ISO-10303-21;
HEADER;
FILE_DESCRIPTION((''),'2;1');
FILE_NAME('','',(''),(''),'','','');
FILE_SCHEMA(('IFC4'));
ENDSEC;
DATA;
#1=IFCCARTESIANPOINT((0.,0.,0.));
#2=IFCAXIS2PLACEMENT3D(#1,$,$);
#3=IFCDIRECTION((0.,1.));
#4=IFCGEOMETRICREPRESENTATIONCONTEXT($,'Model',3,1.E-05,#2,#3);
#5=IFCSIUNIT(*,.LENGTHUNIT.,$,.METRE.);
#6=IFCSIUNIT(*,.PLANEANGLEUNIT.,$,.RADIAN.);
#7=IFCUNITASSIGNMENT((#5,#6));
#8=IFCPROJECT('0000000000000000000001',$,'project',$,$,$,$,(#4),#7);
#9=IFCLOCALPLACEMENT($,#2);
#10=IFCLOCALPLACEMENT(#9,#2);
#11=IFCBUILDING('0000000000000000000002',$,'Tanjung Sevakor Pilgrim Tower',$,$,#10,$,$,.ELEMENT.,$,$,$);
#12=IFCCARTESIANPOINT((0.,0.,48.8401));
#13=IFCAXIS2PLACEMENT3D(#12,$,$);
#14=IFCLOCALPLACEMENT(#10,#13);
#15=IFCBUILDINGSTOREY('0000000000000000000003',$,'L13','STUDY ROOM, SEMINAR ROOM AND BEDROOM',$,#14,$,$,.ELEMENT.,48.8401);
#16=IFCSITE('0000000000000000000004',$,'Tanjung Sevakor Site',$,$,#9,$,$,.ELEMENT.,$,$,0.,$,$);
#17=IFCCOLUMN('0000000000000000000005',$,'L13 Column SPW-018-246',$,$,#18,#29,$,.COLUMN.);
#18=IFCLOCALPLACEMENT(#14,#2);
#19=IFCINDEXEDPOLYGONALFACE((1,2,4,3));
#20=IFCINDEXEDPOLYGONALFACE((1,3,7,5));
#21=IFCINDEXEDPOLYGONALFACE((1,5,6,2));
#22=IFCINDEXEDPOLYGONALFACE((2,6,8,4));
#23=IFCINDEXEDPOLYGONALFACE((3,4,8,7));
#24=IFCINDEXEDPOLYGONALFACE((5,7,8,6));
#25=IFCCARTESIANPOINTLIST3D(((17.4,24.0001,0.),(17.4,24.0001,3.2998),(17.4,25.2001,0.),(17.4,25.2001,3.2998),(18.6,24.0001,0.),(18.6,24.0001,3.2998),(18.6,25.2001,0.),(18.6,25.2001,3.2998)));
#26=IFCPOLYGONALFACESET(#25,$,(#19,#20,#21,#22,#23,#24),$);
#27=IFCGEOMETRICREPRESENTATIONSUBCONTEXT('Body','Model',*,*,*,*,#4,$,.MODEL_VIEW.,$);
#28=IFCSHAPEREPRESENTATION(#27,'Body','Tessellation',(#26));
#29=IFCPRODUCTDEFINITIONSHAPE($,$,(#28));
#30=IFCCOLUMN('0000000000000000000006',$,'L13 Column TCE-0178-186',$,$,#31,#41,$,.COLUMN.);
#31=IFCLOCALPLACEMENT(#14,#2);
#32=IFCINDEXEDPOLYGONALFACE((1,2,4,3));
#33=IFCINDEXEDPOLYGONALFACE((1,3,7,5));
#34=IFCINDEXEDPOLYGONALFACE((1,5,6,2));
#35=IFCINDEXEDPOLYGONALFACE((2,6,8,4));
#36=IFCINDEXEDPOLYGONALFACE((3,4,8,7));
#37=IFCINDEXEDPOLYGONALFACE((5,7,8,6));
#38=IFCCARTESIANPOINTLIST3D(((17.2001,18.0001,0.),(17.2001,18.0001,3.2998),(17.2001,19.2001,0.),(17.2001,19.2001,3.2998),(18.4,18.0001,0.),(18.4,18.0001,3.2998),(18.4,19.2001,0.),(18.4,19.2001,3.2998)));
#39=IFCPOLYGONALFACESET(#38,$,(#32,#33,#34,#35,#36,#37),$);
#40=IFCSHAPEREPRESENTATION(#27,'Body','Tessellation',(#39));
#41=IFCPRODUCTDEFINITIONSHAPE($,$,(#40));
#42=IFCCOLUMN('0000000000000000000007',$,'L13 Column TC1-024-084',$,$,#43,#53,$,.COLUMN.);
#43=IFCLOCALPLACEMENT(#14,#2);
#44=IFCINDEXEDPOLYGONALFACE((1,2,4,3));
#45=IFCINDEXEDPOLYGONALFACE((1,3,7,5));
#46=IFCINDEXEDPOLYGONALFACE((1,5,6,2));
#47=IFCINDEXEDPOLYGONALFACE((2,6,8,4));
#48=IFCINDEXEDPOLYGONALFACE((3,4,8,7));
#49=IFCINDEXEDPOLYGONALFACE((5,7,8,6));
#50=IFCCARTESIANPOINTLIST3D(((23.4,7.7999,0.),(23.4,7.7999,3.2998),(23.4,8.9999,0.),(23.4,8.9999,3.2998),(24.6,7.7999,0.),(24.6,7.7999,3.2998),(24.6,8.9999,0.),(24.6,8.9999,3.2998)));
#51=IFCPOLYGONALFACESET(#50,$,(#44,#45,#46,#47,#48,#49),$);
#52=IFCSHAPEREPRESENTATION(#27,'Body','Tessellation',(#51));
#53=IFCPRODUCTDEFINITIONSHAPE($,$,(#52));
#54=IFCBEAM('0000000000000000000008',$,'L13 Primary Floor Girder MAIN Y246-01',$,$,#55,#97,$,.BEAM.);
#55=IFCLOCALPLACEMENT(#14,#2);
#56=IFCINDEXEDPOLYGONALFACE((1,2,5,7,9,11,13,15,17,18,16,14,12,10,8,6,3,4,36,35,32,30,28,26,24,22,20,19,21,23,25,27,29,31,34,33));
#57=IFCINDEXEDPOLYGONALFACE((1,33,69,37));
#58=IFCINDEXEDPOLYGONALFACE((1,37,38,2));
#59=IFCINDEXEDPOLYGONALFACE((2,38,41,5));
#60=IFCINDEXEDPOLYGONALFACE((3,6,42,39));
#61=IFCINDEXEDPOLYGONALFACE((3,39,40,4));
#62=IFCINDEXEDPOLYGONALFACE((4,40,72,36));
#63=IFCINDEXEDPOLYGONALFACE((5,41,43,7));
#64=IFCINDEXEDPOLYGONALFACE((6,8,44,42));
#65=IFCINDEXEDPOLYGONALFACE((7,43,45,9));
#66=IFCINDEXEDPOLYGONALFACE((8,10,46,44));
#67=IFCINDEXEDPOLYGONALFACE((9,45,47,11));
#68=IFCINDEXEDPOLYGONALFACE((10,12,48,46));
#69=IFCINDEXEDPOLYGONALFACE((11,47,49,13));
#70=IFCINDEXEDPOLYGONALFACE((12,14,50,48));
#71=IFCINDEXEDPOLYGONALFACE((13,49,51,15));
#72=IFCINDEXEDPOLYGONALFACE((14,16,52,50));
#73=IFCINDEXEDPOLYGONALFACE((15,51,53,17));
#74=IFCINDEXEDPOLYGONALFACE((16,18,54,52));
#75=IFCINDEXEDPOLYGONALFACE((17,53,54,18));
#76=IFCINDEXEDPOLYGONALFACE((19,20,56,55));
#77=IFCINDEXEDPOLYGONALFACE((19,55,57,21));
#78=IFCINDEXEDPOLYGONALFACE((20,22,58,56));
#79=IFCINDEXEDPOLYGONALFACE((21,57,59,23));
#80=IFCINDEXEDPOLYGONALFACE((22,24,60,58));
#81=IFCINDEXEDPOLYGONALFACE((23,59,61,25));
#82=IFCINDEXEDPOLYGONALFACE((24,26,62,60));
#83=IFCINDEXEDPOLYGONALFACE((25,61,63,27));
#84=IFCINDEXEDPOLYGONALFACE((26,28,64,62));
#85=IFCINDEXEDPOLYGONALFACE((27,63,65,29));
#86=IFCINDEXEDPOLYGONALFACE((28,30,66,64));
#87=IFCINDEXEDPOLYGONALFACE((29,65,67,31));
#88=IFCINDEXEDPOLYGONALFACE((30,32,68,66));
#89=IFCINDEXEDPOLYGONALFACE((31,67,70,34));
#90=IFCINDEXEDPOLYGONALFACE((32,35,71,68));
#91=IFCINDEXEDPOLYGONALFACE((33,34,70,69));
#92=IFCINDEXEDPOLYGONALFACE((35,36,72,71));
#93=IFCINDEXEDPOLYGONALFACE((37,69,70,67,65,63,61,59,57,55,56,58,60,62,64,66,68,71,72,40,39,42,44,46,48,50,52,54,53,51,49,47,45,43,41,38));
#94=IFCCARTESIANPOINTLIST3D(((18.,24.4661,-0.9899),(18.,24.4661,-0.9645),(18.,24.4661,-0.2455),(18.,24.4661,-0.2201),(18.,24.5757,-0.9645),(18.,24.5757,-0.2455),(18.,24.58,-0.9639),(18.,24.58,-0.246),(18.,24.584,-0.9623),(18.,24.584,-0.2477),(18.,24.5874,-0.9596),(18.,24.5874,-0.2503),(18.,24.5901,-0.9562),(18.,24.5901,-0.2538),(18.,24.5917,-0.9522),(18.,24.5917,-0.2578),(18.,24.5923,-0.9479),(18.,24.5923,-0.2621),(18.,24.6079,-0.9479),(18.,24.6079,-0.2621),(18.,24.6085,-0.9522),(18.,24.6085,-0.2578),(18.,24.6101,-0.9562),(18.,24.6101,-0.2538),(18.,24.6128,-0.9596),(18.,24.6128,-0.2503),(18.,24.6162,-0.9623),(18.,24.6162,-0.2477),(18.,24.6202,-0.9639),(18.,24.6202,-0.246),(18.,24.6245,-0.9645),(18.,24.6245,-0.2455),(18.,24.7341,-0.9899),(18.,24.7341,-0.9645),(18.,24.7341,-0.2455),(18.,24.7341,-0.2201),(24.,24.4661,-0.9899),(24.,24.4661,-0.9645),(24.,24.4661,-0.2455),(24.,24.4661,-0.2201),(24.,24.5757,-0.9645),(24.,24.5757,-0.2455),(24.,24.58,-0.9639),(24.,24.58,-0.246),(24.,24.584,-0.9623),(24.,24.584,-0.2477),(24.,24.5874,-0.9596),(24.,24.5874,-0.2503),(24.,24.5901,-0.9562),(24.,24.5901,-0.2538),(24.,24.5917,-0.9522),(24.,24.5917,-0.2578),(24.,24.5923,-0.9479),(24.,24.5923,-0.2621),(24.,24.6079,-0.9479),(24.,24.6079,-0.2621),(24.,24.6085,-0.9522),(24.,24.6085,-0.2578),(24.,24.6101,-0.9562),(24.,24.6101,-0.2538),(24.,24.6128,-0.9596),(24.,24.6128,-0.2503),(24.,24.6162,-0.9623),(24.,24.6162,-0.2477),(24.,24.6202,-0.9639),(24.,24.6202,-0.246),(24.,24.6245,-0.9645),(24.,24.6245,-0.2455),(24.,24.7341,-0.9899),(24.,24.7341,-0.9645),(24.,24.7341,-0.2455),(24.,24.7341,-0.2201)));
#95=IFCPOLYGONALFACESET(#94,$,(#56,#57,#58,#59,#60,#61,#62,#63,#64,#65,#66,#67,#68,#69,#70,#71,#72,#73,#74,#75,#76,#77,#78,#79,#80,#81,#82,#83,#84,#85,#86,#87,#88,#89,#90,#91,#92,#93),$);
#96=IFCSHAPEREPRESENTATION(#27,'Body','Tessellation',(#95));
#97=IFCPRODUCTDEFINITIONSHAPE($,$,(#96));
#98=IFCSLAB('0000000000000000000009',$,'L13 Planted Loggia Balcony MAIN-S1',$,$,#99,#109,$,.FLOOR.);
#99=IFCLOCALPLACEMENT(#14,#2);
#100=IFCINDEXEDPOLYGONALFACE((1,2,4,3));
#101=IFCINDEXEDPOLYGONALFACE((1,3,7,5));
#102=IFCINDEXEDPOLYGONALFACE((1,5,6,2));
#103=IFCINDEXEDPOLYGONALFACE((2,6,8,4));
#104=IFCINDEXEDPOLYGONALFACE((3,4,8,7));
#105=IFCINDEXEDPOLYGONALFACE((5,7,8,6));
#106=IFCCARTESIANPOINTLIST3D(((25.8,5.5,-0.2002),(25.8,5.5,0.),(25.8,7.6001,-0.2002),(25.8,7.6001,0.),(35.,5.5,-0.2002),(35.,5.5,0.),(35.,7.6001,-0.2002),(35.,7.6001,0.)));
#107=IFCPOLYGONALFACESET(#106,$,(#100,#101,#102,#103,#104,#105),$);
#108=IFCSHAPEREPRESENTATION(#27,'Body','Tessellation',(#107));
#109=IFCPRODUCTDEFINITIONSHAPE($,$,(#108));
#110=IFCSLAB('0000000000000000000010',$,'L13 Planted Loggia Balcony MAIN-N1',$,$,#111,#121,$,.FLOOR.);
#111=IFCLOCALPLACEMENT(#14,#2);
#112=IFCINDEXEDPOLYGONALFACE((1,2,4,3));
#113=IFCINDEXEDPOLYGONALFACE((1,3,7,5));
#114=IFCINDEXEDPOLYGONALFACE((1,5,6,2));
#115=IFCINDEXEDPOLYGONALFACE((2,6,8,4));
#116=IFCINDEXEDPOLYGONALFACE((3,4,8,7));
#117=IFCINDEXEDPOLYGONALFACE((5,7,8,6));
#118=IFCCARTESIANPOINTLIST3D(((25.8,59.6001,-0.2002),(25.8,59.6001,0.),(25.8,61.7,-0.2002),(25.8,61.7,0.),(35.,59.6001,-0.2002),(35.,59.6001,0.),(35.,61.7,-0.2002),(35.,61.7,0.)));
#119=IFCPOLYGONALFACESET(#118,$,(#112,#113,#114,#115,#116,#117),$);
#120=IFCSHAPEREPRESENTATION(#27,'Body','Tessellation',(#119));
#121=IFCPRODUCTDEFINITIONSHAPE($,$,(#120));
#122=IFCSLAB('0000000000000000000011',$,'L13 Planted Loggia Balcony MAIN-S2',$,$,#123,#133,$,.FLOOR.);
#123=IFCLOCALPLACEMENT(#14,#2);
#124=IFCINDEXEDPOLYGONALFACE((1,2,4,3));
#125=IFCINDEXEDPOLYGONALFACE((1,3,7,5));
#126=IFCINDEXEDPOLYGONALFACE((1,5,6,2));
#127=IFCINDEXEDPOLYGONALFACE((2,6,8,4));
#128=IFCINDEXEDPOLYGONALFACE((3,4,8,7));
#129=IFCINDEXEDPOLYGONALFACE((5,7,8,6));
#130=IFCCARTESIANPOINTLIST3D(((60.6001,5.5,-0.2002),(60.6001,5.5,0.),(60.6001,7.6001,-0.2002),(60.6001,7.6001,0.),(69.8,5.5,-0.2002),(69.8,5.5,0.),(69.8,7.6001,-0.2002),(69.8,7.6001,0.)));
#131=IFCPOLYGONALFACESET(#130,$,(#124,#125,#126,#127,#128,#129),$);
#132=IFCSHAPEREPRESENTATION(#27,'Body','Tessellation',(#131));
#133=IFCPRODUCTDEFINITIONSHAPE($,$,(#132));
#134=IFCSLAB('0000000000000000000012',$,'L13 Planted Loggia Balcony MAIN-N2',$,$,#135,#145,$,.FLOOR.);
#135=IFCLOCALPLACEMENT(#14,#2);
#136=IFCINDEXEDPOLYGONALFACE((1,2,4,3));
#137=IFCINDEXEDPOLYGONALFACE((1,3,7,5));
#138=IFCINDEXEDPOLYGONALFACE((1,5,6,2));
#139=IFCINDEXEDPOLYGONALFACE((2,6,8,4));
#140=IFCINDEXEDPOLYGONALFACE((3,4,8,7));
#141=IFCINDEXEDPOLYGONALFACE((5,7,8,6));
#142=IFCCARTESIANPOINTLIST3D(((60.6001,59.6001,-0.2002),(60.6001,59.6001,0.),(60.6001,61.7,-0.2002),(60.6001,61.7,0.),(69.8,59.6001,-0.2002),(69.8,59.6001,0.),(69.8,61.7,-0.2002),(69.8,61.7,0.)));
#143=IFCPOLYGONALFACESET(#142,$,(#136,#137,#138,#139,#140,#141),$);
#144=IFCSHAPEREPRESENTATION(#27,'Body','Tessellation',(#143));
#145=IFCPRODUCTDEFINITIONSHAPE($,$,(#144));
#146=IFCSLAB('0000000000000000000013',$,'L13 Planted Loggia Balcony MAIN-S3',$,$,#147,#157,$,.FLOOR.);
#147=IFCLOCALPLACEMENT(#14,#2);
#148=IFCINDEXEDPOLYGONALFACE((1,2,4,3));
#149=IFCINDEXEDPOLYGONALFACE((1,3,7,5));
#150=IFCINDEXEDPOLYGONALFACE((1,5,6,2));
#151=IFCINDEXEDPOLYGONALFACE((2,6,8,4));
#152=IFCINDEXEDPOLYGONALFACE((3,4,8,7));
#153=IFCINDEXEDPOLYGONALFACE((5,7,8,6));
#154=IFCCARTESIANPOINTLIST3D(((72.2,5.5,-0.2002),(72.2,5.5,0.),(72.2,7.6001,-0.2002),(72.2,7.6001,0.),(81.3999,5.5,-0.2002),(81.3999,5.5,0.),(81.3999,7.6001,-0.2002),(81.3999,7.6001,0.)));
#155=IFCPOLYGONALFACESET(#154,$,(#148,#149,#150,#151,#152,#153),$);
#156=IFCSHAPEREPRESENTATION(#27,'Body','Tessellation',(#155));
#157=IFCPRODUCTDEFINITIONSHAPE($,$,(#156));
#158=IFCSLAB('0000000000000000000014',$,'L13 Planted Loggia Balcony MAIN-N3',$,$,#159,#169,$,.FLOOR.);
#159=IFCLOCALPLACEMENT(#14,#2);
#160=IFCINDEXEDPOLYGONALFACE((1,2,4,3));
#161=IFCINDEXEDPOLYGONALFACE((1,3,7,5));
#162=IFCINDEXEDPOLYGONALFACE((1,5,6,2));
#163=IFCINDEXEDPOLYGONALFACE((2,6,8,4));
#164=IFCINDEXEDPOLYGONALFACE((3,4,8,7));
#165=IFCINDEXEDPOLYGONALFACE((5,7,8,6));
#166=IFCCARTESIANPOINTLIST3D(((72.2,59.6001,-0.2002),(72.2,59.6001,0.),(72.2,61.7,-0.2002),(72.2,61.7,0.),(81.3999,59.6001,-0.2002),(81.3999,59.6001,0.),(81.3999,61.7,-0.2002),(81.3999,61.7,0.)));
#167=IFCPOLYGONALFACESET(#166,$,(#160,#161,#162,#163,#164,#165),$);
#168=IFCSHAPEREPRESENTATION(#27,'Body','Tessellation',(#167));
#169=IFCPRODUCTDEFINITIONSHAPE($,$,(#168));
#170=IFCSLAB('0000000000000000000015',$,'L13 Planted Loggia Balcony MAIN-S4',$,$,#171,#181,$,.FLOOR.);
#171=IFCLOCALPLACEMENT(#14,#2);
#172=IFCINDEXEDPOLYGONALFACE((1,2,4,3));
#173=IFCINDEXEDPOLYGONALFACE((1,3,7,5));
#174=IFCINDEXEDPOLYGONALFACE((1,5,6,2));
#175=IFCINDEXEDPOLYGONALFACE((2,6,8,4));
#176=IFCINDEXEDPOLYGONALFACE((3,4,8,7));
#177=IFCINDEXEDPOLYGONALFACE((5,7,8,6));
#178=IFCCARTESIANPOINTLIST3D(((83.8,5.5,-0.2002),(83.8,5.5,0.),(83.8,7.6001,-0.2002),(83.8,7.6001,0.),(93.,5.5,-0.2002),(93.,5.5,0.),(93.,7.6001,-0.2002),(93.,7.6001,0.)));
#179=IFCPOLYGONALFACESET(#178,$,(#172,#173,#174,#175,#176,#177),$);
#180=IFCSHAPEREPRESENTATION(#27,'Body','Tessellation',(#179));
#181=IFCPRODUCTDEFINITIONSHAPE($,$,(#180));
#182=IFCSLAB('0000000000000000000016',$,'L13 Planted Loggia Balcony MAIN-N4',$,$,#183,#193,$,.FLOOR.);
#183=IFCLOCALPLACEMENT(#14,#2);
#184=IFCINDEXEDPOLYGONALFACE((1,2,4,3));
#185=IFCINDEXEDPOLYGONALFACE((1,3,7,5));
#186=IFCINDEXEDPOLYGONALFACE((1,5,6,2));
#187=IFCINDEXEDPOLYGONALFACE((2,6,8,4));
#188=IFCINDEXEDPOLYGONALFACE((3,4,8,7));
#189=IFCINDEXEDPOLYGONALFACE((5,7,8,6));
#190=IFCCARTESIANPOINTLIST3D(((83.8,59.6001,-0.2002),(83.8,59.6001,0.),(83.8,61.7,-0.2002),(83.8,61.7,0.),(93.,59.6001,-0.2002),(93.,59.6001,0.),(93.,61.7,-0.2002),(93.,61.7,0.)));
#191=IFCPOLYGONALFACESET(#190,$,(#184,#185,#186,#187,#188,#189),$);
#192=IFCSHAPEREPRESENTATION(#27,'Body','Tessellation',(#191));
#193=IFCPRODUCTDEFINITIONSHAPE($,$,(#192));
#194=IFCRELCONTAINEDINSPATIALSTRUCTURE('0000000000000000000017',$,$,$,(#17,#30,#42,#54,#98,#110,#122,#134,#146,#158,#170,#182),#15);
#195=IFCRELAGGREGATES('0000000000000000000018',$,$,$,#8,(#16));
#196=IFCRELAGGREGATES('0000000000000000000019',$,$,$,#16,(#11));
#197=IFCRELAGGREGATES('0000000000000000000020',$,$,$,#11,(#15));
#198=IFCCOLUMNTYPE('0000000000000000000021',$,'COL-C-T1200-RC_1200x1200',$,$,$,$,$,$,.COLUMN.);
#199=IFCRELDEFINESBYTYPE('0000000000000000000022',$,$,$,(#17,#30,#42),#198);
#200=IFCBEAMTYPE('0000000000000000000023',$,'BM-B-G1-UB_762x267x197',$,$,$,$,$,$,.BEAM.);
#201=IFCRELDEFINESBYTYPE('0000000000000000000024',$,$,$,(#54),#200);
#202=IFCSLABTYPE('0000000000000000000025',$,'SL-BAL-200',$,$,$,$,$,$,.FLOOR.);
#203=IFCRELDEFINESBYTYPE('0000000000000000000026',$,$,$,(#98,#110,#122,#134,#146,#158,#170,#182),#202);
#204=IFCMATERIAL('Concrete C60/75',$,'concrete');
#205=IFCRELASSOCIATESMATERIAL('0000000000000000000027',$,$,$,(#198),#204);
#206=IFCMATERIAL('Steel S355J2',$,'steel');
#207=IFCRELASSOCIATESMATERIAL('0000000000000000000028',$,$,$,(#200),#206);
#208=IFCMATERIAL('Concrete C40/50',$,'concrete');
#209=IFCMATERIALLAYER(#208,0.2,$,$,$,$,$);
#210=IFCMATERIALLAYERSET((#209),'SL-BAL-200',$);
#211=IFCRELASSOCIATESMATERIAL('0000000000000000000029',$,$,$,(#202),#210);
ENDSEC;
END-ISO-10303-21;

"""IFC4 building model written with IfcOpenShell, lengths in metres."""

from ifc_helpers import new_model, si_unit, direction, frame, origin, origin_2d, place, context, subcontext, project, spatial, polyline, rectangle, i_section, outline, extrude, material, layer, layer_set, material_profile, profile_set, type_object, element, save


model = new_model("IFC4")

# Units and contexts
model_context = context("Model", 3, precision=1e-05, world=origin(), true_north=direction((0.0, 1.0)))
body_context = subcontext(model_context, "Body", "Model", "MODEL_VIEW")
ifc_project = project(units=[si_unit("LENGTHUNIT", "METRE"), si_unit("PLANEANGLEUNIT", "RADIAN")], contexts=[model_context])

# Site, building, storey
site_placement = place(None, origin())
site = spatial("IfcSite", under=ifc_project, at=site_placement, Name="Tanjung Sevakor Site", CompositionType="ELEMENT", RefElevation=0.0)
building_placement = place(site_placement, origin())
building = spatial("IfcBuilding", under=site, at=building_placement, Name="Tanjung Sevakor Pilgrim Tower", CompositionType="ELEMENT")
storey_placement = place(building_placement, frame((0.0, 0.0, 48.8401)))
storey = spatial("IfcBuildingStorey", under=building, at=storey_placement, Name="L13", Description="STUDY ROOM, SEMINAR ROOM AND BEDROOM", CompositionType="ELEMENT", Elevation=48.8401)

# Columns
ifc_material_1 = material(Name="Concrete C60/75", Category="concrete")
ifc_material_profile_1 = material_profile(ifc_material_1, rectangle(XDim=1.2, YDim=1.2, at=origin_2d()))
ifc_profile_set_1 = profile_set([ifc_material_profile_1], Name="Concrete C60/75")
column_type = type_object("IfcColumnType", Name="COL-C-T1200-RC_1200x1200", PredefinedType="COLUMN", material=ifc_profile_set_1)
for number, where, z_axis, x_axis, name in (
    (1, (18.0, 24.6001, 0.0), (0.0, 0.0, 1.0), (1.0, 0.0, 0.0), "L13 Column SPW-018-246"),
    (2, (17.8, 18.6001, 0.0), (0.0, 0.0, 1.0), (1.0, 0.0, 0.0), "L13 Column TCE-0178-186"),
    (3, (24.0, 8.3999, 0.0), (0.0, 0.0, 1.0), (1.0, 0.0, 0.0), "L13 Column TC1-024-084"),
):
    element("IfcColumn", number, at=place(storey_placement, frame(where, z_axis=z_axis, x_axis=x_axis)), inside=storey, type_object=column_type, Name=name, PredefinedType="COLUMN", context=body_context, shape_type="SweptSolid", body=[
        extrude(rectangle(XDim=1.2, YDim=1.2, at=origin_2d()), origin(), (0.0, 0.0, 1.0), 3.2998),
    ])

# Beam
ifc_material_2 = material(Name="Steel S355J2", Category="steel")
ifc_material_profile_2 = material_profile(ifc_material_2, i_section(OverallWidth=0.2681, OverallDepth=0.7698, WebThickness=0.0156, FlangeThickness=0.0254, FilletRadius=0.0166, at=origin_2d()))
ifc_profile_set_2 = profile_set([ifc_material_profile_2], Name="Steel S355J2")
beam_type = type_object("IfcBeamType", Name="BM-B-G1-UB_762x267x197", PredefinedType="BEAM", material=ifc_profile_set_2)
beam_placement = place(storey_placement, frame((18.0, 24.6001, -0.605), z_axis=(1.0, 0.0, 0.0), x_axis=(0.0, 1.0, 0.0)))
element("IfcBeam", 4, at=beam_placement, inside=storey, type_object=beam_type, Name="L13 Primary Floor Girder MAIN Y246-01", PredefinedType="BEAM", context=body_context, shape_type="SweptSolid", body=[
    extrude(i_section(OverallWidth=0.2681, OverallDepth=0.7698, WebThickness=0.0156, FlangeThickness=0.0254, FilletRadius=0.0166, at=origin_2d()), origin(), (0.0, 0.0, 1.0), 6.0),
])

# Slabs
ifc_material_3 = material(Name="Concrete C40/50", Category="concrete")
ifc_layer_1 = layer(ifc_material_3, 0.2)
ifc_layer_set_1 = layer_set([ifc_layer_1], Name="SL-BAL-200")
slab_type_1 = type_object("IfcSlabType", Name="SL-BAL-200", PredefinedType="FLOOR", material=ifc_layer_set_1)
slab_1_placement = place(storey_placement, frame((0.0, 0.0, -0.2002)))
element("IfcSlab", 5, at=slab_1_placement, inside=storey, type_object=slab_type_1, Name="L13 Planted Loggia Balcony MAIN-S1", PredefinedType="FLOOR", context=body_context, shape_type="SweptSolid", body=[
    extrude(outline(polyline([(25.8, 5.5), (35.0, 5.5), (35.0, 7.6001), (25.8, 7.6001), (25.8, 5.5)])), origin(), (0.0, 0.0, 1.0), 0.2002),
])
slab_2_placement = place(storey_placement, frame((0.0, 0.0, -0.2002)))
element("IfcSlab", 6, at=slab_2_placement, inside=storey, type_object=slab_type_1, Name="L13 Planted Loggia Balcony MAIN-N1", PredefinedType="FLOOR", context=body_context, shape_type="SweptSolid", body=[
    extrude(outline(polyline([(25.8, 59.6001), (35.0, 59.6001), (35.0, 61.7), (25.8, 61.7), (25.8, 59.6001)])), origin(), (0.0, 0.0, 1.0), 0.2002),
])
slab_3_placement = place(storey_placement, frame((0.0, 0.0, -0.2002)))
element("IfcSlab", 7, at=slab_3_placement, inside=storey, type_object=slab_type_1, Name="L13 Planted Loggia Balcony MAIN-S2", PredefinedType="FLOOR", context=body_context, shape_type="SweptSolid", body=[
    extrude(outline(polyline([(60.6001, 5.5), (69.8, 5.5), (69.8, 7.6001), (60.6001, 7.6001), (60.6001, 5.5)])), origin(), (0.0, 0.0, 1.0), 0.2002),
])
slab_4_placement = place(storey_placement, frame((0.0, 0.0, -0.2002)))
element("IfcSlab", 8, at=slab_4_placement, inside=storey, type_object=slab_type_1, Name="L13 Planted Loggia Balcony MAIN-N2", PredefinedType="FLOOR", context=body_context, shape_type="SweptSolid", body=[
    extrude(outline(polyline([(60.6001, 59.6001), (69.8, 59.6001), (69.8, 61.7), (60.6001, 61.7), (60.6001, 59.6001)])), origin(), (0.0, 0.0, 1.0), 0.2002),
])
slab_5_placement = place(storey_placement, frame((0.0, 0.0, -0.2002)))
element("IfcSlab", 9, at=slab_5_placement, inside=storey, type_object=slab_type_1, Name="L13 Planted Loggia Balcony MAIN-S3", PredefinedType="FLOOR", context=body_context, shape_type="SweptSolid", body=[
    extrude(outline(polyline([(72.2, 5.5), (81.3999, 5.5), (81.3999, 7.6001), (72.2, 7.6001), (72.2, 5.5)])), origin(), (0.0, 0.0, 1.0), 0.2002),
])
slab_6_placement = place(storey_placement, frame((0.0, 0.0, -0.2002)))
element("IfcSlab", 10, at=slab_6_placement, inside=storey, type_object=slab_type_1, Name="L13 Planted Loggia Balcony MAIN-N3", PredefinedType="FLOOR", context=body_context, shape_type="SweptSolid", body=[
    extrude(outline(polyline([(72.2, 59.6001), (81.3999, 59.6001), (81.3999, 61.7), (72.2, 61.7), (72.2, 59.6001)])), origin(), (0.0, 0.0, 1.0), 0.2002),
])
slab_7_placement = place(storey_placement, frame((0.0, 0.0, -0.2002)))
element("IfcSlab", 11, at=slab_7_placement, inside=storey, type_object=slab_type_1, Name="L13 Planted Loggia Balcony MAIN-S4", PredefinedType="FLOOR", context=body_context, shape_type="SweptSolid", body=[
    extrude(outline(polyline([(83.8, 5.5), (93.0, 5.5), (93.0, 7.6001), (83.8, 7.6001), (83.8, 5.5)])), origin(), (0.0, 0.0, 1.0), 0.2002),
])
slab_8_placement = place(storey_placement, frame((0.0, 0.0, -0.2002)))
element("IfcSlab", 12, at=slab_8_placement, inside=storey, type_object=slab_type_1, Name="L13 Planted Loggia Balcony MAIN-N4", PredefinedType="FLOOR", context=body_context, shape_type="SweptSolid", body=[
    extrude(outline(polyline([(83.8, 59.6001), (93.0, 59.6001), (93.0, 61.7), (83.8, 61.7), (83.8, 59.6001)])), origin(), (0.0, 0.0, 1.0), 0.2002),
])

save(model, "model.ifc")
